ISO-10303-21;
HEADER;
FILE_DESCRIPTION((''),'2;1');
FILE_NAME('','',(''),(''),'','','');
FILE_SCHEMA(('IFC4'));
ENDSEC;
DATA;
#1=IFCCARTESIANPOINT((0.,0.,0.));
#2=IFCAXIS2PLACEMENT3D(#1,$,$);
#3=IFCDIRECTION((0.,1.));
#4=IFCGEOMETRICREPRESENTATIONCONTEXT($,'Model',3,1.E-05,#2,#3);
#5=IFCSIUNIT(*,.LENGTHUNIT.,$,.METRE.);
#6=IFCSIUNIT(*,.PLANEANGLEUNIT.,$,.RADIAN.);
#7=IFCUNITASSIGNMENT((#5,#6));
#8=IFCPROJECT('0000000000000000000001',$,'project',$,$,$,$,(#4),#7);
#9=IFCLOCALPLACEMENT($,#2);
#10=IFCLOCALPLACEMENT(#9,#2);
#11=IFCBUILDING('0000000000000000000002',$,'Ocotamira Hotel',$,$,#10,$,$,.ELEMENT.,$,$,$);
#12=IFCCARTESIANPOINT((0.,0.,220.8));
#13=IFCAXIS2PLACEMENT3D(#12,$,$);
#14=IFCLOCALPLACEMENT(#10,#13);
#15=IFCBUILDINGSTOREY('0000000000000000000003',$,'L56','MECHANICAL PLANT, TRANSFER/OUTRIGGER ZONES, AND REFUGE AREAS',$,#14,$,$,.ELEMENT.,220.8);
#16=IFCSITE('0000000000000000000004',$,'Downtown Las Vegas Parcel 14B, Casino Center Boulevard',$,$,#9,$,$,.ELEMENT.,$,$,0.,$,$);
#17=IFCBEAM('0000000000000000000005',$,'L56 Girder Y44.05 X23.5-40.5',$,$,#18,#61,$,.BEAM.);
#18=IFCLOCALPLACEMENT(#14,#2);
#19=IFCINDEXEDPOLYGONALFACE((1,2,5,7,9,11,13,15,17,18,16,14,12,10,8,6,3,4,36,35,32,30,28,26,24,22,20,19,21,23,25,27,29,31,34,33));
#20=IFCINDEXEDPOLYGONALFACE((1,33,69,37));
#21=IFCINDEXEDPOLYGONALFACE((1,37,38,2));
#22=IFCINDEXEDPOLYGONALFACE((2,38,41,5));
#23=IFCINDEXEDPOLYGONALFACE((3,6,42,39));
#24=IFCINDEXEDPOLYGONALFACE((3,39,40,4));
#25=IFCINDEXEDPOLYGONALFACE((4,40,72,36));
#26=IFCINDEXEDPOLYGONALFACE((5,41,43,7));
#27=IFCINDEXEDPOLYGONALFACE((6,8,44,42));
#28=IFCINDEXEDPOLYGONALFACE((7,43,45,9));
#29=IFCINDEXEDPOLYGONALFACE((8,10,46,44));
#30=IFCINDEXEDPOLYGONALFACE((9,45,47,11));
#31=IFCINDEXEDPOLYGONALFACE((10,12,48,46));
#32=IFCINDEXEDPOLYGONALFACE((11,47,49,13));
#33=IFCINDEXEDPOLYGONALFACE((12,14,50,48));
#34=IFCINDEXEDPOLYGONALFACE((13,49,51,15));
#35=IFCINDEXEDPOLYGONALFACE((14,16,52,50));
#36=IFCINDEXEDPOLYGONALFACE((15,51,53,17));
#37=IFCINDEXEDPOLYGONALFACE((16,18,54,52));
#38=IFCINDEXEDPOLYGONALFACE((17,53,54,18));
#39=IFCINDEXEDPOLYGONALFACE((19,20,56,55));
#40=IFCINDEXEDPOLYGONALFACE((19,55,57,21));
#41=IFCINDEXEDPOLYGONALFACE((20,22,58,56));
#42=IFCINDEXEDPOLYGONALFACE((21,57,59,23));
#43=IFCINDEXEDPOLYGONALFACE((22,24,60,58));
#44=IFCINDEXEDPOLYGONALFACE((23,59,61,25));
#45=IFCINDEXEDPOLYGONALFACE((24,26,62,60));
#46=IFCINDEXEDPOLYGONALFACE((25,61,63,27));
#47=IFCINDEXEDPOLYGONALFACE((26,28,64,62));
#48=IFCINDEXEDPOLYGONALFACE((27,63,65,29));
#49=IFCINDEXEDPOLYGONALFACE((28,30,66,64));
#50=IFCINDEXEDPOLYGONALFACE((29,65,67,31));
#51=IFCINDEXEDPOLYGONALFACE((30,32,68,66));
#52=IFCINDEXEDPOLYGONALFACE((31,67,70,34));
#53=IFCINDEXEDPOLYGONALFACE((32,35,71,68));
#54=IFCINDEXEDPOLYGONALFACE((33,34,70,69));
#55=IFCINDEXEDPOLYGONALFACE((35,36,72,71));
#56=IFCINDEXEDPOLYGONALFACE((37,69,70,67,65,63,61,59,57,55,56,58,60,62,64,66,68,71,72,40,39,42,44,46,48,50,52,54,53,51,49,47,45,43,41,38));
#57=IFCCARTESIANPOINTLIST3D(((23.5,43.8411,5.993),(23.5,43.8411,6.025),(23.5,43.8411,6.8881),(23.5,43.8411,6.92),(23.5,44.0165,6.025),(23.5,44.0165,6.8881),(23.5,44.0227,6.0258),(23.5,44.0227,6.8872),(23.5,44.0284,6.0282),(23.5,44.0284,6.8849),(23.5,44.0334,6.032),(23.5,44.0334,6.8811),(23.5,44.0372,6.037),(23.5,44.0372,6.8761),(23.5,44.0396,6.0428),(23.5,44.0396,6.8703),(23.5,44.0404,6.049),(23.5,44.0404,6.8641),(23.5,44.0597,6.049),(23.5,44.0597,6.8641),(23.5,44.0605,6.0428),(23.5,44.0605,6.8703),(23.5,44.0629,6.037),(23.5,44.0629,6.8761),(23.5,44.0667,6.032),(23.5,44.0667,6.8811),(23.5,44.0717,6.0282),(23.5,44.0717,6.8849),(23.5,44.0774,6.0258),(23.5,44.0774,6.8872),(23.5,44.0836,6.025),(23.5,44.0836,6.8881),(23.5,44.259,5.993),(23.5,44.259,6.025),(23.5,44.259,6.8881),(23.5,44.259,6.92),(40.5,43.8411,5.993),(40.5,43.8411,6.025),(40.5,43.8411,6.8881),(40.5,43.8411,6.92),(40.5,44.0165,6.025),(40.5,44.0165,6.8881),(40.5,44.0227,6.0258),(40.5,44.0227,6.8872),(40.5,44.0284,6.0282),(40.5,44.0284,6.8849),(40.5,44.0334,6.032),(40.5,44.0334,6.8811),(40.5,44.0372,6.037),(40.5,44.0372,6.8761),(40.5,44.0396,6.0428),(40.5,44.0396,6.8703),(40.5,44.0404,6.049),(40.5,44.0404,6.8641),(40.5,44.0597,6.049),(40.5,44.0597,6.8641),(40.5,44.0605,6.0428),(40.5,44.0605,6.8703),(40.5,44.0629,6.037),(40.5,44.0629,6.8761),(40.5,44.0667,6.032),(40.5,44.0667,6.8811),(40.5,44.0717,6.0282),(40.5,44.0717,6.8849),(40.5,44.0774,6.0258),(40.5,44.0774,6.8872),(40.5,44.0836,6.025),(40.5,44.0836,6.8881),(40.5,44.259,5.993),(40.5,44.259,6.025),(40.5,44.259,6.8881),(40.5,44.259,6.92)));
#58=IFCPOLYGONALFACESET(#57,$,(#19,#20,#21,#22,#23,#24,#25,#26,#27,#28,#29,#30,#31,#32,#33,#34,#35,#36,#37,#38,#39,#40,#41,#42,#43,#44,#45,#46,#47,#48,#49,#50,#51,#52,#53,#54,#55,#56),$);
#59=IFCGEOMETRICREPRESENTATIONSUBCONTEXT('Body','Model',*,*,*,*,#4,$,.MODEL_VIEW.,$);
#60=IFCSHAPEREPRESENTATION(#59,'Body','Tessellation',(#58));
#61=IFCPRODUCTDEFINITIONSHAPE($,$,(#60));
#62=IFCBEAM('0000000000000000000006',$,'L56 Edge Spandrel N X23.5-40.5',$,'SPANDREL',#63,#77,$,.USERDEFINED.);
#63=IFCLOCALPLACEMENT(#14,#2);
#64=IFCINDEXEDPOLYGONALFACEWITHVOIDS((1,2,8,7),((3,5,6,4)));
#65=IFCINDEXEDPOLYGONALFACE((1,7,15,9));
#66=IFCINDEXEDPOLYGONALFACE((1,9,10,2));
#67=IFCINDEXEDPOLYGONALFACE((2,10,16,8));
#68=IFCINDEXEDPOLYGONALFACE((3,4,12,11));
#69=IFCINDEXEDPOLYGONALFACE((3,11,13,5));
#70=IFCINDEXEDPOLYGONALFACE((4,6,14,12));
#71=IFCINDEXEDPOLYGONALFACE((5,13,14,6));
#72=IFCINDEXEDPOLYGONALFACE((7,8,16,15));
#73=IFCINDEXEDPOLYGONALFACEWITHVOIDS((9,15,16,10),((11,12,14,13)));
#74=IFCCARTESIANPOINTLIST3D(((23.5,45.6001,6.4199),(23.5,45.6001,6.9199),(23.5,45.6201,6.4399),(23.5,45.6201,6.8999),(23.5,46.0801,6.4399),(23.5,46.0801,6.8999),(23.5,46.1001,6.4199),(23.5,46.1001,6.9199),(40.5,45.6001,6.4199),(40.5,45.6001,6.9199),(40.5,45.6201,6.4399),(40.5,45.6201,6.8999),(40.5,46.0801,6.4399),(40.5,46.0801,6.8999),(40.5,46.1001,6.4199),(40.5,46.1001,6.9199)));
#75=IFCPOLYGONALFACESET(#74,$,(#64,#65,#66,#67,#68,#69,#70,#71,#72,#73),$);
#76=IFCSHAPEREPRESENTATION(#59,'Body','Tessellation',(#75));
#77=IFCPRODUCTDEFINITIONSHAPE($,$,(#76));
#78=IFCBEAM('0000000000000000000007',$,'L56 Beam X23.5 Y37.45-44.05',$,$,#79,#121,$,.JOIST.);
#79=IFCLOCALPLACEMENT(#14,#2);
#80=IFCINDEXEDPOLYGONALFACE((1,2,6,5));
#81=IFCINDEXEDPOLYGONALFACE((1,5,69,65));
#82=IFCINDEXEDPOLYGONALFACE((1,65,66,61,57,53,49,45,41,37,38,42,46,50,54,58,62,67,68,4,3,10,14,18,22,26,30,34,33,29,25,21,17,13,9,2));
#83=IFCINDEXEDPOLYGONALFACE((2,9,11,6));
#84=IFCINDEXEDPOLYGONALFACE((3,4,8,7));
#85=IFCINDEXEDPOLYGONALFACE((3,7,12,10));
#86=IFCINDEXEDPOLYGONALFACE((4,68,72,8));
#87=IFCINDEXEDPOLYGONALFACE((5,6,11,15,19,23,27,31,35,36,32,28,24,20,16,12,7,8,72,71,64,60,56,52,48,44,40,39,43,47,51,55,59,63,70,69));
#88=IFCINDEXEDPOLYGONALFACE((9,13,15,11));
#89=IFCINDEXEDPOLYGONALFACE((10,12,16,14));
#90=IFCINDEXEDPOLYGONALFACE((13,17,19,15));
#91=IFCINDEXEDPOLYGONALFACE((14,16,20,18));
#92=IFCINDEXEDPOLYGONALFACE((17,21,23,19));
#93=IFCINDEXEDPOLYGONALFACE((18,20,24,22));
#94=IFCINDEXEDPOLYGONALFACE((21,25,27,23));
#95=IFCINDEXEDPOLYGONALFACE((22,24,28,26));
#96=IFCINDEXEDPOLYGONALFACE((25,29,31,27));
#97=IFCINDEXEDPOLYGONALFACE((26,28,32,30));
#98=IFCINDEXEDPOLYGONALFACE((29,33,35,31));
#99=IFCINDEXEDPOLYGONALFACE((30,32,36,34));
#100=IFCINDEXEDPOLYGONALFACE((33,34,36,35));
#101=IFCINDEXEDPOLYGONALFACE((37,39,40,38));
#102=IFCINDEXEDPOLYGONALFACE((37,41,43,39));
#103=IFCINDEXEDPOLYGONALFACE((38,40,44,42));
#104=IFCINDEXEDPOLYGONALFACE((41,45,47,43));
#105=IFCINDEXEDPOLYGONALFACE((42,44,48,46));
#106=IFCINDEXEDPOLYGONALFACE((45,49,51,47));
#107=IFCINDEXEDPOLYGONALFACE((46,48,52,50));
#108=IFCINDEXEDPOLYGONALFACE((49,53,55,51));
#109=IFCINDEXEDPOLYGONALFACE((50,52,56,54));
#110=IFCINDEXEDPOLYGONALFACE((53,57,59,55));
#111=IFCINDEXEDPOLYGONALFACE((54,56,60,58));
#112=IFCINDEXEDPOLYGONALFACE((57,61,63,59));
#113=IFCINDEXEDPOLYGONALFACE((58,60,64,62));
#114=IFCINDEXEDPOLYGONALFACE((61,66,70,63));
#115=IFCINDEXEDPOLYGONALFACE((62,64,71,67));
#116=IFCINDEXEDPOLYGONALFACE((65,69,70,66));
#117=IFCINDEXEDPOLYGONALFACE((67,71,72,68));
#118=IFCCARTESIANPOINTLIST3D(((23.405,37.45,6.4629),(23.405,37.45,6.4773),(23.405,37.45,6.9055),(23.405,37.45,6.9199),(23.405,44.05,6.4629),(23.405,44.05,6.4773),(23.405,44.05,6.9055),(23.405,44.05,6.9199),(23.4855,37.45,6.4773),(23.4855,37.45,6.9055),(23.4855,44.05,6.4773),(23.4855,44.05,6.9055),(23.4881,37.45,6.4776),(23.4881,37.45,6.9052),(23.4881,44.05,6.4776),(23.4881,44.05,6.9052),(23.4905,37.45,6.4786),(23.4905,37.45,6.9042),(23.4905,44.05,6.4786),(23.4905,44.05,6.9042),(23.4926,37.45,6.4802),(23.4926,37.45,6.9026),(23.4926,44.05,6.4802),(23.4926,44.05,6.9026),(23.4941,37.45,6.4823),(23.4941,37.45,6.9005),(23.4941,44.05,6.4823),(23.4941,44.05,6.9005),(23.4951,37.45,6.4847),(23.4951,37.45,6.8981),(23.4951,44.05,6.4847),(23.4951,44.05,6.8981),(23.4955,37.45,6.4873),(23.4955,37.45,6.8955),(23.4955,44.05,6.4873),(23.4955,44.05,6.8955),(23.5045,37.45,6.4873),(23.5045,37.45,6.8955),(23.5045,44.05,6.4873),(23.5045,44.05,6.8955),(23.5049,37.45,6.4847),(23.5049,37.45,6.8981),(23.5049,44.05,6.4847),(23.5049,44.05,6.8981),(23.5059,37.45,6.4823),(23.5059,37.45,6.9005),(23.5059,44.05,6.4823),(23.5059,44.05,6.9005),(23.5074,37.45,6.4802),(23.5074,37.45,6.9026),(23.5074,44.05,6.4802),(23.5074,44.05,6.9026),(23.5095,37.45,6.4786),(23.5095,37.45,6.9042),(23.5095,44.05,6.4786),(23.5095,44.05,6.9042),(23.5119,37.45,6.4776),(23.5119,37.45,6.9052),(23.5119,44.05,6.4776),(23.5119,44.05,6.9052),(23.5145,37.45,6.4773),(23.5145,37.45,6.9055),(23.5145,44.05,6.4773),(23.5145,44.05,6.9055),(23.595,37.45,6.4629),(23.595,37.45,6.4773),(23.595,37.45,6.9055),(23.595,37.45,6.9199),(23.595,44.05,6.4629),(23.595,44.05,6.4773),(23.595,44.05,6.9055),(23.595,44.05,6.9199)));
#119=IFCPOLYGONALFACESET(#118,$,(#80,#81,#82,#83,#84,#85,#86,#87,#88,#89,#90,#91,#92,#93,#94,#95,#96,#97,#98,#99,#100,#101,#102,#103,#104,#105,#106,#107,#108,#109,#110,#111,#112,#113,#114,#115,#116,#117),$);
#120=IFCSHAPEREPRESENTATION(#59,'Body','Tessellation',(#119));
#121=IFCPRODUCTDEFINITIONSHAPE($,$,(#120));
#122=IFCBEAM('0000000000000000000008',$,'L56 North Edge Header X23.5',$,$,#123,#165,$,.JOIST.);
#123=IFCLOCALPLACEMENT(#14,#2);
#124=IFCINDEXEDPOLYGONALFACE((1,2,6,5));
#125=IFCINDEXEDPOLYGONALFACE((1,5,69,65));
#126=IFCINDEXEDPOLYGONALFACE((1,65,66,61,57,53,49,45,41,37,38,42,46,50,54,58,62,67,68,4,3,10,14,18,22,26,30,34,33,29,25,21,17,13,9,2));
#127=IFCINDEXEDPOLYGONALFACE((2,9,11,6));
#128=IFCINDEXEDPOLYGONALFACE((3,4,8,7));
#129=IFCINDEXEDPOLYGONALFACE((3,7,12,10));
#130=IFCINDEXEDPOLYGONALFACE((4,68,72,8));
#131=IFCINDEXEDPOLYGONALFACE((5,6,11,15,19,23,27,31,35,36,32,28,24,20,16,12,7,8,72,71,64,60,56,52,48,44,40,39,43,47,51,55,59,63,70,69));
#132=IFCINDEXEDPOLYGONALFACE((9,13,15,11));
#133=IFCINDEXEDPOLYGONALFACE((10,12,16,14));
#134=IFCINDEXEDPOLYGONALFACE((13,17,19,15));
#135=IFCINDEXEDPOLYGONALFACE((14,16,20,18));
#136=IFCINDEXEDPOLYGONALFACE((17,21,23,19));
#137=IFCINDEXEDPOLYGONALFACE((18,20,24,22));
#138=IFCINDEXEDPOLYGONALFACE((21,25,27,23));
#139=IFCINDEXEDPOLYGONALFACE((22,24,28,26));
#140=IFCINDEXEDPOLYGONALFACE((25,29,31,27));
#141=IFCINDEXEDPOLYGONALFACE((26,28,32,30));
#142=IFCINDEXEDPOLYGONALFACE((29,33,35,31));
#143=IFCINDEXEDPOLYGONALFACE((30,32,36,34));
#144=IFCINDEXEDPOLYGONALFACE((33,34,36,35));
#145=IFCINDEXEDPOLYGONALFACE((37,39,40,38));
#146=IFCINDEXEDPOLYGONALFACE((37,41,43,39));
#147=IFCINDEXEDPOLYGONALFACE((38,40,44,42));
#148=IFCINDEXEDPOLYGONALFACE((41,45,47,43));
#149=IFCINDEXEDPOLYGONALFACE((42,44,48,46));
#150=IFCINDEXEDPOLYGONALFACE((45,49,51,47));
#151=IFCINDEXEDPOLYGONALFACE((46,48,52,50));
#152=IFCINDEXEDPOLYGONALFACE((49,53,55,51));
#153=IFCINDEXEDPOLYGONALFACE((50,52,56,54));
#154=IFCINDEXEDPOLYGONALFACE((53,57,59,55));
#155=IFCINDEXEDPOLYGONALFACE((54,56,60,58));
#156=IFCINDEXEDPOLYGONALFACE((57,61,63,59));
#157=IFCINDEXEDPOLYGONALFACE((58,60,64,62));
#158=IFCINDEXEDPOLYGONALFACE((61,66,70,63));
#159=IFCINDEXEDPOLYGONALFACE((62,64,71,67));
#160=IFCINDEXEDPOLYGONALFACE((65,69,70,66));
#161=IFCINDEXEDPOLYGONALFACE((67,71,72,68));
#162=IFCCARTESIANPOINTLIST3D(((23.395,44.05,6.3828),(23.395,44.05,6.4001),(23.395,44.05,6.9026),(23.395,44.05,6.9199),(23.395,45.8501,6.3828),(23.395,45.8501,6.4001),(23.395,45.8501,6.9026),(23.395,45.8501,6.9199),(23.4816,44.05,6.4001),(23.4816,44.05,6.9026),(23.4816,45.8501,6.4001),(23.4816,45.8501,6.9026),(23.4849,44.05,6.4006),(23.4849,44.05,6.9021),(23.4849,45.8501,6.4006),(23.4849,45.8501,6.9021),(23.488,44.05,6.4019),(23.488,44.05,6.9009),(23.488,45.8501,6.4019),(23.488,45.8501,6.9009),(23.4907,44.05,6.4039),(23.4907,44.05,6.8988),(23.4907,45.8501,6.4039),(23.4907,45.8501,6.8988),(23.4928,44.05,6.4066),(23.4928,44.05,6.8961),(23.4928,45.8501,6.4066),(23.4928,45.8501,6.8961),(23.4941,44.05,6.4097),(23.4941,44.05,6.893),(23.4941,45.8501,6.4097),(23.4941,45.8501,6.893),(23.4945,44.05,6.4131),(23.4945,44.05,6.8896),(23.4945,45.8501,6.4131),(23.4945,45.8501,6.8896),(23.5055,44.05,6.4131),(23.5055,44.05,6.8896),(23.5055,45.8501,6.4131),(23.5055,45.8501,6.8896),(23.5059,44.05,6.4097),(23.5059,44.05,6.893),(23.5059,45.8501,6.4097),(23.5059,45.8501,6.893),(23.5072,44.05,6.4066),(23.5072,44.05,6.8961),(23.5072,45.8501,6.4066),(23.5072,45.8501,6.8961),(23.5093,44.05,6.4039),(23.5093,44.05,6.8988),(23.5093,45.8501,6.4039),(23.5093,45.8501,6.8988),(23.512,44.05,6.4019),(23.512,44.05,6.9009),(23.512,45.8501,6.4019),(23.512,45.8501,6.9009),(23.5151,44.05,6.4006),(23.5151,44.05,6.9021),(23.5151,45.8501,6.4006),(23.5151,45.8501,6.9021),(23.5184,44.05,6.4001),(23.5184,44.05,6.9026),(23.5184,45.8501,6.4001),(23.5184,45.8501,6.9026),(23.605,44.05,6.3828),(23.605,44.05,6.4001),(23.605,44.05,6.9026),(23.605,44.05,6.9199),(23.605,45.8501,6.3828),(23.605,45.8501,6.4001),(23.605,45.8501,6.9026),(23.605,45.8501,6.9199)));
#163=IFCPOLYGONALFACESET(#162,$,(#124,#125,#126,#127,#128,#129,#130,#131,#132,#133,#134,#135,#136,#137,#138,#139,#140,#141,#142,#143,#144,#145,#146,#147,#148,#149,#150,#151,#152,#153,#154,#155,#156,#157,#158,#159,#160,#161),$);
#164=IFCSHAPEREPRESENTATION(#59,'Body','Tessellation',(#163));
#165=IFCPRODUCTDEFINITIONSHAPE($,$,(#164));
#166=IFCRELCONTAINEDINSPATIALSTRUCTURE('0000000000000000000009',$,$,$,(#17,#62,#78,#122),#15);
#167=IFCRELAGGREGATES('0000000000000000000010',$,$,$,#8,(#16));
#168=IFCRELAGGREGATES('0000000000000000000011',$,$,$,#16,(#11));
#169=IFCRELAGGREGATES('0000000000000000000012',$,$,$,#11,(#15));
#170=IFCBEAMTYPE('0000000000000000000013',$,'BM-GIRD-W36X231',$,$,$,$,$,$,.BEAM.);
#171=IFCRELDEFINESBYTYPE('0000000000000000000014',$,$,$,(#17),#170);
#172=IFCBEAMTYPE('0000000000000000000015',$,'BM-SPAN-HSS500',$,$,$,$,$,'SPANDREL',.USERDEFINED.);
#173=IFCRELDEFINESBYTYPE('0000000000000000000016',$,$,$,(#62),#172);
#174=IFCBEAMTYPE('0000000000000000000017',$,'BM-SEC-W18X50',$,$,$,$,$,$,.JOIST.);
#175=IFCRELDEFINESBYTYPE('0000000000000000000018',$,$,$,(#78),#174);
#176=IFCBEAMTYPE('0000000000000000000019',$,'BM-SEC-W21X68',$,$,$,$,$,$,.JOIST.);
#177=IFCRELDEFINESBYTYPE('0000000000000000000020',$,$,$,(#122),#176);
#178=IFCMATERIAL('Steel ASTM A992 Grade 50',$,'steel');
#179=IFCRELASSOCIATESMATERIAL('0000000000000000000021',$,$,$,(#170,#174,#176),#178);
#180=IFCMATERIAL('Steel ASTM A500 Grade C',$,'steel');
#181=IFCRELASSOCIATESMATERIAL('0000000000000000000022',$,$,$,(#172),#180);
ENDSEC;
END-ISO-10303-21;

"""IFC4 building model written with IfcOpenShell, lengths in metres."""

from ifc_helpers import new_model, si_unit, direction, frame, origin, origin_2d, place, context, subcontext, project, spatial, hollow_rectangle, i_section, extrude, source, transform, mapped, material, material_profile, profile_set, type_object, element, save


model = new_model("IFC4")

# Units and contexts
model_context = context("Model", 3, precision=1e-05, world=origin(), true_north=direction((0.0, 1.0)))
body_context = subcontext(model_context, "Body", "Model", "MODEL_VIEW")
ifc_project = project(units=[si_unit("LENGTHUNIT", "METRE"), si_unit("PLANEANGLEUNIT", "RADIAN")], contexts=[model_context])

# Site, building, storey
site_placement = place(None, origin())
site = spatial("IfcSite", under=ifc_project, at=site_placement, Name="Downtown Las Vegas Parcel 14B, Casino Center Boulevard", CompositionType="ELEMENT", RefElevation=0.0)
building_placement = place(site_placement, origin())
building = spatial("IfcBuilding", under=site, at=building_placement, Name="Ocotamira Hotel", CompositionType="ELEMENT")
storey_placement = place(building_placement, frame((0.0, 0.0, 220.8)))
storey = spatial("IfcBuildingStorey", under=building, at=storey_placement, Name="L56", Description="MECHANICAL PLANT, TRANSFER/OUTRIGGER ZONES, AND REFUGE AREAS", CompositionType="ELEMENT", Elevation=220.8)

# Beams
ifc_material_1 = material(Name="Steel ASTM A992 Grade 50", Category="steel")
ifc_material_profile_1 = material_profile(ifc_material_1, i_section(OverallWidth=0.418, OverallDepth=0.927, WebThickness=0.0193, FlangeThickness=0.032, FilletRadius=0.0239, at=origin_2d()), Name="W36X231")
ifc_profile_set_1 = profile_set([ifc_material_profile_1], Name="Steel ASTM A992 Grade 50")
beam_type_1 = type_object("IfcBeamType", Name="BM-GIRD-W36X231", PredefinedType="BEAM", material=ifc_profile_set_1)
shared_shape_1 = source(origin(), body_context, "Body", "SweptSolid", [
    extrude(i_section(OverallWidth=0.418, OverallDepth=0.927, WebThickness=0.0193, FlangeThickness=0.032, FilletRadius=0.0239, at=origin_2d()), origin(), (0.0, 0.0, 1.0), 17.0),
])
beam_1_placement = place(storey_placement, frame((23.5, 44.05, 6.4565), z_axis=(1.0, 0.0, 0.0), x_axis=(0.0, 1.0, 0.0)))
element("IfcBeam", 1, at=beam_1_placement, inside=storey, type_object=beam_type_1, Name="L56 Girder Y44.05 X23.5-40.5", PredefinedType="BEAM", context=body_context, shape_type="MappedRepresentation", body=[
    mapped(shared_shape_1, transform((0.0, 0.0, 0.0), scale=1.0)),
])
ifc_material_2 = material(Name="Steel ASTM A500 Grade C", Category="steel")
ifc_material_profile_2 = material_profile(ifc_material_2, hollow_rectangle(XDim=0.5, YDim=0.5, WallThickness=0.02, at=origin_2d()), Name="HSS500X500X20")
ifc_profile_set_2 = profile_set([ifc_material_profile_2], Name="Steel ASTM A500 Grade C")
beam_type_2 = type_object("IfcBeamType", Name="BM-SPAN-HSS500", ElementType="SPANDREL", PredefinedType="USERDEFINED", material=ifc_profile_set_2)
shared_shape_2 = source(origin(), body_context, "Body", "SweptSolid", [
    extrude(hollow_rectangle(XDim=0.5, YDim=0.5, WallThickness=0.02, at=origin_2d()), origin(), (0.0, 0.0, 1.0), 17.0),
])
beam_2_placement = place(storey_placement, frame((23.5, 45.8501, 6.6699), z_axis=(1.0, 0.0, 0.0), x_axis=(0.0, 1.0, 0.0)))
element("IfcBeam", 2, at=beam_2_placement, inside=storey, type_object=beam_type_2, Name="L56 Edge Spandrel N X23.5-40.5", ObjectType="SPANDREL", PredefinedType="USERDEFINED", context=body_context, shape_type="MappedRepresentation", body=[
    mapped(shared_shape_2, transform((0.0, 0.0, 0.0), scale=1.0)),
])
ifc_material_profile_3 = material_profile(ifc_material_1, i_section(OverallWidth=0.1899, OverallDepth=0.457, WebThickness=0.009, FlangeThickness=0.0144, FilletRadius=0.01, at=origin_2d()), Name="W18X50")
ifc_profile_set_3 = profile_set([ifc_material_profile_3], Name="Steel ASTM A992 Grade 50")
beam_type_3 = type_object("IfcBeamType", Name="BM-SEC-W18X50", PredefinedType="JOIST", material=ifc_profile_set_3)
shared_shape_3 = source(origin(), body_context, "Body", "SweptSolid", [
    extrude(i_section(OverallWidth=0.1899, OverallDepth=0.457, WebThickness=0.009, FlangeThickness=0.0144, FilletRadius=0.01, at=origin_2d()), origin(), (0.0, 0.0, 1.0), 6.6001),
])
beam_3_placement = place(storey_placement, frame((23.5, 37.45, 6.6914), z_axis=(0.0, 1.0, 0.0), x_axis=(-1.0, 0.0, 0.0)))
element("IfcBeam", 3, at=beam_3_placement, inside=storey, type_object=beam_type_3, Name="L56 Beam X23.5 Y37.45-44.05", PredefinedType="JOIST", context=body_context, shape_type="MappedRepresentation", body=[
    mapped(shared_shape_3, transform((0.0, 0.0, 0.0), scale=1.0)),
])
ifc_material_profile_4 = material_profile(ifc_material_1, i_section(OverallWidth=0.21, OverallDepth=0.5371, WebThickness=0.011, FlangeThickness=0.0173, FilletRadius=0.0129, at=origin_2d()), Name="W21X68")
ifc_profile_set_4 = profile_set([ifc_material_profile_4], Name="Steel ASTM A992 Grade 50")
beam_type_4 = type_object("IfcBeamType", Name="BM-SEC-W21X68", PredefinedType="JOIST", material=ifc_profile_set_4)
shared_shape_4 = source(origin(), body_context, "Body", "SweptSolid", [
    extrude(i_section(OverallWidth=0.21, OverallDepth=0.5371, WebThickness=0.011, FlangeThickness=0.0173, FilletRadius=0.0129, at=origin_2d()), origin(), (0.0, 0.0, 1.0), 1.8),
])
beam_4_placement = place(storey_placement, frame((23.5, 44.05, 6.6514), z_axis=(0.0, 1.0, 0.0), x_axis=(-1.0, 0.0, 0.0)))
element("IfcBeam", 4, at=beam_4_placement, inside=storey, type_object=beam_type_4, Name="L56 North Edge Header X23.5", PredefinedType="JOIST", context=body_context, shape_type="MappedRepresentation", body=[
    mapped(shared_shape_4, transform((0.0, 0.0, 0.0), scale=1.0)),
])

save(model, "model.ifc")
